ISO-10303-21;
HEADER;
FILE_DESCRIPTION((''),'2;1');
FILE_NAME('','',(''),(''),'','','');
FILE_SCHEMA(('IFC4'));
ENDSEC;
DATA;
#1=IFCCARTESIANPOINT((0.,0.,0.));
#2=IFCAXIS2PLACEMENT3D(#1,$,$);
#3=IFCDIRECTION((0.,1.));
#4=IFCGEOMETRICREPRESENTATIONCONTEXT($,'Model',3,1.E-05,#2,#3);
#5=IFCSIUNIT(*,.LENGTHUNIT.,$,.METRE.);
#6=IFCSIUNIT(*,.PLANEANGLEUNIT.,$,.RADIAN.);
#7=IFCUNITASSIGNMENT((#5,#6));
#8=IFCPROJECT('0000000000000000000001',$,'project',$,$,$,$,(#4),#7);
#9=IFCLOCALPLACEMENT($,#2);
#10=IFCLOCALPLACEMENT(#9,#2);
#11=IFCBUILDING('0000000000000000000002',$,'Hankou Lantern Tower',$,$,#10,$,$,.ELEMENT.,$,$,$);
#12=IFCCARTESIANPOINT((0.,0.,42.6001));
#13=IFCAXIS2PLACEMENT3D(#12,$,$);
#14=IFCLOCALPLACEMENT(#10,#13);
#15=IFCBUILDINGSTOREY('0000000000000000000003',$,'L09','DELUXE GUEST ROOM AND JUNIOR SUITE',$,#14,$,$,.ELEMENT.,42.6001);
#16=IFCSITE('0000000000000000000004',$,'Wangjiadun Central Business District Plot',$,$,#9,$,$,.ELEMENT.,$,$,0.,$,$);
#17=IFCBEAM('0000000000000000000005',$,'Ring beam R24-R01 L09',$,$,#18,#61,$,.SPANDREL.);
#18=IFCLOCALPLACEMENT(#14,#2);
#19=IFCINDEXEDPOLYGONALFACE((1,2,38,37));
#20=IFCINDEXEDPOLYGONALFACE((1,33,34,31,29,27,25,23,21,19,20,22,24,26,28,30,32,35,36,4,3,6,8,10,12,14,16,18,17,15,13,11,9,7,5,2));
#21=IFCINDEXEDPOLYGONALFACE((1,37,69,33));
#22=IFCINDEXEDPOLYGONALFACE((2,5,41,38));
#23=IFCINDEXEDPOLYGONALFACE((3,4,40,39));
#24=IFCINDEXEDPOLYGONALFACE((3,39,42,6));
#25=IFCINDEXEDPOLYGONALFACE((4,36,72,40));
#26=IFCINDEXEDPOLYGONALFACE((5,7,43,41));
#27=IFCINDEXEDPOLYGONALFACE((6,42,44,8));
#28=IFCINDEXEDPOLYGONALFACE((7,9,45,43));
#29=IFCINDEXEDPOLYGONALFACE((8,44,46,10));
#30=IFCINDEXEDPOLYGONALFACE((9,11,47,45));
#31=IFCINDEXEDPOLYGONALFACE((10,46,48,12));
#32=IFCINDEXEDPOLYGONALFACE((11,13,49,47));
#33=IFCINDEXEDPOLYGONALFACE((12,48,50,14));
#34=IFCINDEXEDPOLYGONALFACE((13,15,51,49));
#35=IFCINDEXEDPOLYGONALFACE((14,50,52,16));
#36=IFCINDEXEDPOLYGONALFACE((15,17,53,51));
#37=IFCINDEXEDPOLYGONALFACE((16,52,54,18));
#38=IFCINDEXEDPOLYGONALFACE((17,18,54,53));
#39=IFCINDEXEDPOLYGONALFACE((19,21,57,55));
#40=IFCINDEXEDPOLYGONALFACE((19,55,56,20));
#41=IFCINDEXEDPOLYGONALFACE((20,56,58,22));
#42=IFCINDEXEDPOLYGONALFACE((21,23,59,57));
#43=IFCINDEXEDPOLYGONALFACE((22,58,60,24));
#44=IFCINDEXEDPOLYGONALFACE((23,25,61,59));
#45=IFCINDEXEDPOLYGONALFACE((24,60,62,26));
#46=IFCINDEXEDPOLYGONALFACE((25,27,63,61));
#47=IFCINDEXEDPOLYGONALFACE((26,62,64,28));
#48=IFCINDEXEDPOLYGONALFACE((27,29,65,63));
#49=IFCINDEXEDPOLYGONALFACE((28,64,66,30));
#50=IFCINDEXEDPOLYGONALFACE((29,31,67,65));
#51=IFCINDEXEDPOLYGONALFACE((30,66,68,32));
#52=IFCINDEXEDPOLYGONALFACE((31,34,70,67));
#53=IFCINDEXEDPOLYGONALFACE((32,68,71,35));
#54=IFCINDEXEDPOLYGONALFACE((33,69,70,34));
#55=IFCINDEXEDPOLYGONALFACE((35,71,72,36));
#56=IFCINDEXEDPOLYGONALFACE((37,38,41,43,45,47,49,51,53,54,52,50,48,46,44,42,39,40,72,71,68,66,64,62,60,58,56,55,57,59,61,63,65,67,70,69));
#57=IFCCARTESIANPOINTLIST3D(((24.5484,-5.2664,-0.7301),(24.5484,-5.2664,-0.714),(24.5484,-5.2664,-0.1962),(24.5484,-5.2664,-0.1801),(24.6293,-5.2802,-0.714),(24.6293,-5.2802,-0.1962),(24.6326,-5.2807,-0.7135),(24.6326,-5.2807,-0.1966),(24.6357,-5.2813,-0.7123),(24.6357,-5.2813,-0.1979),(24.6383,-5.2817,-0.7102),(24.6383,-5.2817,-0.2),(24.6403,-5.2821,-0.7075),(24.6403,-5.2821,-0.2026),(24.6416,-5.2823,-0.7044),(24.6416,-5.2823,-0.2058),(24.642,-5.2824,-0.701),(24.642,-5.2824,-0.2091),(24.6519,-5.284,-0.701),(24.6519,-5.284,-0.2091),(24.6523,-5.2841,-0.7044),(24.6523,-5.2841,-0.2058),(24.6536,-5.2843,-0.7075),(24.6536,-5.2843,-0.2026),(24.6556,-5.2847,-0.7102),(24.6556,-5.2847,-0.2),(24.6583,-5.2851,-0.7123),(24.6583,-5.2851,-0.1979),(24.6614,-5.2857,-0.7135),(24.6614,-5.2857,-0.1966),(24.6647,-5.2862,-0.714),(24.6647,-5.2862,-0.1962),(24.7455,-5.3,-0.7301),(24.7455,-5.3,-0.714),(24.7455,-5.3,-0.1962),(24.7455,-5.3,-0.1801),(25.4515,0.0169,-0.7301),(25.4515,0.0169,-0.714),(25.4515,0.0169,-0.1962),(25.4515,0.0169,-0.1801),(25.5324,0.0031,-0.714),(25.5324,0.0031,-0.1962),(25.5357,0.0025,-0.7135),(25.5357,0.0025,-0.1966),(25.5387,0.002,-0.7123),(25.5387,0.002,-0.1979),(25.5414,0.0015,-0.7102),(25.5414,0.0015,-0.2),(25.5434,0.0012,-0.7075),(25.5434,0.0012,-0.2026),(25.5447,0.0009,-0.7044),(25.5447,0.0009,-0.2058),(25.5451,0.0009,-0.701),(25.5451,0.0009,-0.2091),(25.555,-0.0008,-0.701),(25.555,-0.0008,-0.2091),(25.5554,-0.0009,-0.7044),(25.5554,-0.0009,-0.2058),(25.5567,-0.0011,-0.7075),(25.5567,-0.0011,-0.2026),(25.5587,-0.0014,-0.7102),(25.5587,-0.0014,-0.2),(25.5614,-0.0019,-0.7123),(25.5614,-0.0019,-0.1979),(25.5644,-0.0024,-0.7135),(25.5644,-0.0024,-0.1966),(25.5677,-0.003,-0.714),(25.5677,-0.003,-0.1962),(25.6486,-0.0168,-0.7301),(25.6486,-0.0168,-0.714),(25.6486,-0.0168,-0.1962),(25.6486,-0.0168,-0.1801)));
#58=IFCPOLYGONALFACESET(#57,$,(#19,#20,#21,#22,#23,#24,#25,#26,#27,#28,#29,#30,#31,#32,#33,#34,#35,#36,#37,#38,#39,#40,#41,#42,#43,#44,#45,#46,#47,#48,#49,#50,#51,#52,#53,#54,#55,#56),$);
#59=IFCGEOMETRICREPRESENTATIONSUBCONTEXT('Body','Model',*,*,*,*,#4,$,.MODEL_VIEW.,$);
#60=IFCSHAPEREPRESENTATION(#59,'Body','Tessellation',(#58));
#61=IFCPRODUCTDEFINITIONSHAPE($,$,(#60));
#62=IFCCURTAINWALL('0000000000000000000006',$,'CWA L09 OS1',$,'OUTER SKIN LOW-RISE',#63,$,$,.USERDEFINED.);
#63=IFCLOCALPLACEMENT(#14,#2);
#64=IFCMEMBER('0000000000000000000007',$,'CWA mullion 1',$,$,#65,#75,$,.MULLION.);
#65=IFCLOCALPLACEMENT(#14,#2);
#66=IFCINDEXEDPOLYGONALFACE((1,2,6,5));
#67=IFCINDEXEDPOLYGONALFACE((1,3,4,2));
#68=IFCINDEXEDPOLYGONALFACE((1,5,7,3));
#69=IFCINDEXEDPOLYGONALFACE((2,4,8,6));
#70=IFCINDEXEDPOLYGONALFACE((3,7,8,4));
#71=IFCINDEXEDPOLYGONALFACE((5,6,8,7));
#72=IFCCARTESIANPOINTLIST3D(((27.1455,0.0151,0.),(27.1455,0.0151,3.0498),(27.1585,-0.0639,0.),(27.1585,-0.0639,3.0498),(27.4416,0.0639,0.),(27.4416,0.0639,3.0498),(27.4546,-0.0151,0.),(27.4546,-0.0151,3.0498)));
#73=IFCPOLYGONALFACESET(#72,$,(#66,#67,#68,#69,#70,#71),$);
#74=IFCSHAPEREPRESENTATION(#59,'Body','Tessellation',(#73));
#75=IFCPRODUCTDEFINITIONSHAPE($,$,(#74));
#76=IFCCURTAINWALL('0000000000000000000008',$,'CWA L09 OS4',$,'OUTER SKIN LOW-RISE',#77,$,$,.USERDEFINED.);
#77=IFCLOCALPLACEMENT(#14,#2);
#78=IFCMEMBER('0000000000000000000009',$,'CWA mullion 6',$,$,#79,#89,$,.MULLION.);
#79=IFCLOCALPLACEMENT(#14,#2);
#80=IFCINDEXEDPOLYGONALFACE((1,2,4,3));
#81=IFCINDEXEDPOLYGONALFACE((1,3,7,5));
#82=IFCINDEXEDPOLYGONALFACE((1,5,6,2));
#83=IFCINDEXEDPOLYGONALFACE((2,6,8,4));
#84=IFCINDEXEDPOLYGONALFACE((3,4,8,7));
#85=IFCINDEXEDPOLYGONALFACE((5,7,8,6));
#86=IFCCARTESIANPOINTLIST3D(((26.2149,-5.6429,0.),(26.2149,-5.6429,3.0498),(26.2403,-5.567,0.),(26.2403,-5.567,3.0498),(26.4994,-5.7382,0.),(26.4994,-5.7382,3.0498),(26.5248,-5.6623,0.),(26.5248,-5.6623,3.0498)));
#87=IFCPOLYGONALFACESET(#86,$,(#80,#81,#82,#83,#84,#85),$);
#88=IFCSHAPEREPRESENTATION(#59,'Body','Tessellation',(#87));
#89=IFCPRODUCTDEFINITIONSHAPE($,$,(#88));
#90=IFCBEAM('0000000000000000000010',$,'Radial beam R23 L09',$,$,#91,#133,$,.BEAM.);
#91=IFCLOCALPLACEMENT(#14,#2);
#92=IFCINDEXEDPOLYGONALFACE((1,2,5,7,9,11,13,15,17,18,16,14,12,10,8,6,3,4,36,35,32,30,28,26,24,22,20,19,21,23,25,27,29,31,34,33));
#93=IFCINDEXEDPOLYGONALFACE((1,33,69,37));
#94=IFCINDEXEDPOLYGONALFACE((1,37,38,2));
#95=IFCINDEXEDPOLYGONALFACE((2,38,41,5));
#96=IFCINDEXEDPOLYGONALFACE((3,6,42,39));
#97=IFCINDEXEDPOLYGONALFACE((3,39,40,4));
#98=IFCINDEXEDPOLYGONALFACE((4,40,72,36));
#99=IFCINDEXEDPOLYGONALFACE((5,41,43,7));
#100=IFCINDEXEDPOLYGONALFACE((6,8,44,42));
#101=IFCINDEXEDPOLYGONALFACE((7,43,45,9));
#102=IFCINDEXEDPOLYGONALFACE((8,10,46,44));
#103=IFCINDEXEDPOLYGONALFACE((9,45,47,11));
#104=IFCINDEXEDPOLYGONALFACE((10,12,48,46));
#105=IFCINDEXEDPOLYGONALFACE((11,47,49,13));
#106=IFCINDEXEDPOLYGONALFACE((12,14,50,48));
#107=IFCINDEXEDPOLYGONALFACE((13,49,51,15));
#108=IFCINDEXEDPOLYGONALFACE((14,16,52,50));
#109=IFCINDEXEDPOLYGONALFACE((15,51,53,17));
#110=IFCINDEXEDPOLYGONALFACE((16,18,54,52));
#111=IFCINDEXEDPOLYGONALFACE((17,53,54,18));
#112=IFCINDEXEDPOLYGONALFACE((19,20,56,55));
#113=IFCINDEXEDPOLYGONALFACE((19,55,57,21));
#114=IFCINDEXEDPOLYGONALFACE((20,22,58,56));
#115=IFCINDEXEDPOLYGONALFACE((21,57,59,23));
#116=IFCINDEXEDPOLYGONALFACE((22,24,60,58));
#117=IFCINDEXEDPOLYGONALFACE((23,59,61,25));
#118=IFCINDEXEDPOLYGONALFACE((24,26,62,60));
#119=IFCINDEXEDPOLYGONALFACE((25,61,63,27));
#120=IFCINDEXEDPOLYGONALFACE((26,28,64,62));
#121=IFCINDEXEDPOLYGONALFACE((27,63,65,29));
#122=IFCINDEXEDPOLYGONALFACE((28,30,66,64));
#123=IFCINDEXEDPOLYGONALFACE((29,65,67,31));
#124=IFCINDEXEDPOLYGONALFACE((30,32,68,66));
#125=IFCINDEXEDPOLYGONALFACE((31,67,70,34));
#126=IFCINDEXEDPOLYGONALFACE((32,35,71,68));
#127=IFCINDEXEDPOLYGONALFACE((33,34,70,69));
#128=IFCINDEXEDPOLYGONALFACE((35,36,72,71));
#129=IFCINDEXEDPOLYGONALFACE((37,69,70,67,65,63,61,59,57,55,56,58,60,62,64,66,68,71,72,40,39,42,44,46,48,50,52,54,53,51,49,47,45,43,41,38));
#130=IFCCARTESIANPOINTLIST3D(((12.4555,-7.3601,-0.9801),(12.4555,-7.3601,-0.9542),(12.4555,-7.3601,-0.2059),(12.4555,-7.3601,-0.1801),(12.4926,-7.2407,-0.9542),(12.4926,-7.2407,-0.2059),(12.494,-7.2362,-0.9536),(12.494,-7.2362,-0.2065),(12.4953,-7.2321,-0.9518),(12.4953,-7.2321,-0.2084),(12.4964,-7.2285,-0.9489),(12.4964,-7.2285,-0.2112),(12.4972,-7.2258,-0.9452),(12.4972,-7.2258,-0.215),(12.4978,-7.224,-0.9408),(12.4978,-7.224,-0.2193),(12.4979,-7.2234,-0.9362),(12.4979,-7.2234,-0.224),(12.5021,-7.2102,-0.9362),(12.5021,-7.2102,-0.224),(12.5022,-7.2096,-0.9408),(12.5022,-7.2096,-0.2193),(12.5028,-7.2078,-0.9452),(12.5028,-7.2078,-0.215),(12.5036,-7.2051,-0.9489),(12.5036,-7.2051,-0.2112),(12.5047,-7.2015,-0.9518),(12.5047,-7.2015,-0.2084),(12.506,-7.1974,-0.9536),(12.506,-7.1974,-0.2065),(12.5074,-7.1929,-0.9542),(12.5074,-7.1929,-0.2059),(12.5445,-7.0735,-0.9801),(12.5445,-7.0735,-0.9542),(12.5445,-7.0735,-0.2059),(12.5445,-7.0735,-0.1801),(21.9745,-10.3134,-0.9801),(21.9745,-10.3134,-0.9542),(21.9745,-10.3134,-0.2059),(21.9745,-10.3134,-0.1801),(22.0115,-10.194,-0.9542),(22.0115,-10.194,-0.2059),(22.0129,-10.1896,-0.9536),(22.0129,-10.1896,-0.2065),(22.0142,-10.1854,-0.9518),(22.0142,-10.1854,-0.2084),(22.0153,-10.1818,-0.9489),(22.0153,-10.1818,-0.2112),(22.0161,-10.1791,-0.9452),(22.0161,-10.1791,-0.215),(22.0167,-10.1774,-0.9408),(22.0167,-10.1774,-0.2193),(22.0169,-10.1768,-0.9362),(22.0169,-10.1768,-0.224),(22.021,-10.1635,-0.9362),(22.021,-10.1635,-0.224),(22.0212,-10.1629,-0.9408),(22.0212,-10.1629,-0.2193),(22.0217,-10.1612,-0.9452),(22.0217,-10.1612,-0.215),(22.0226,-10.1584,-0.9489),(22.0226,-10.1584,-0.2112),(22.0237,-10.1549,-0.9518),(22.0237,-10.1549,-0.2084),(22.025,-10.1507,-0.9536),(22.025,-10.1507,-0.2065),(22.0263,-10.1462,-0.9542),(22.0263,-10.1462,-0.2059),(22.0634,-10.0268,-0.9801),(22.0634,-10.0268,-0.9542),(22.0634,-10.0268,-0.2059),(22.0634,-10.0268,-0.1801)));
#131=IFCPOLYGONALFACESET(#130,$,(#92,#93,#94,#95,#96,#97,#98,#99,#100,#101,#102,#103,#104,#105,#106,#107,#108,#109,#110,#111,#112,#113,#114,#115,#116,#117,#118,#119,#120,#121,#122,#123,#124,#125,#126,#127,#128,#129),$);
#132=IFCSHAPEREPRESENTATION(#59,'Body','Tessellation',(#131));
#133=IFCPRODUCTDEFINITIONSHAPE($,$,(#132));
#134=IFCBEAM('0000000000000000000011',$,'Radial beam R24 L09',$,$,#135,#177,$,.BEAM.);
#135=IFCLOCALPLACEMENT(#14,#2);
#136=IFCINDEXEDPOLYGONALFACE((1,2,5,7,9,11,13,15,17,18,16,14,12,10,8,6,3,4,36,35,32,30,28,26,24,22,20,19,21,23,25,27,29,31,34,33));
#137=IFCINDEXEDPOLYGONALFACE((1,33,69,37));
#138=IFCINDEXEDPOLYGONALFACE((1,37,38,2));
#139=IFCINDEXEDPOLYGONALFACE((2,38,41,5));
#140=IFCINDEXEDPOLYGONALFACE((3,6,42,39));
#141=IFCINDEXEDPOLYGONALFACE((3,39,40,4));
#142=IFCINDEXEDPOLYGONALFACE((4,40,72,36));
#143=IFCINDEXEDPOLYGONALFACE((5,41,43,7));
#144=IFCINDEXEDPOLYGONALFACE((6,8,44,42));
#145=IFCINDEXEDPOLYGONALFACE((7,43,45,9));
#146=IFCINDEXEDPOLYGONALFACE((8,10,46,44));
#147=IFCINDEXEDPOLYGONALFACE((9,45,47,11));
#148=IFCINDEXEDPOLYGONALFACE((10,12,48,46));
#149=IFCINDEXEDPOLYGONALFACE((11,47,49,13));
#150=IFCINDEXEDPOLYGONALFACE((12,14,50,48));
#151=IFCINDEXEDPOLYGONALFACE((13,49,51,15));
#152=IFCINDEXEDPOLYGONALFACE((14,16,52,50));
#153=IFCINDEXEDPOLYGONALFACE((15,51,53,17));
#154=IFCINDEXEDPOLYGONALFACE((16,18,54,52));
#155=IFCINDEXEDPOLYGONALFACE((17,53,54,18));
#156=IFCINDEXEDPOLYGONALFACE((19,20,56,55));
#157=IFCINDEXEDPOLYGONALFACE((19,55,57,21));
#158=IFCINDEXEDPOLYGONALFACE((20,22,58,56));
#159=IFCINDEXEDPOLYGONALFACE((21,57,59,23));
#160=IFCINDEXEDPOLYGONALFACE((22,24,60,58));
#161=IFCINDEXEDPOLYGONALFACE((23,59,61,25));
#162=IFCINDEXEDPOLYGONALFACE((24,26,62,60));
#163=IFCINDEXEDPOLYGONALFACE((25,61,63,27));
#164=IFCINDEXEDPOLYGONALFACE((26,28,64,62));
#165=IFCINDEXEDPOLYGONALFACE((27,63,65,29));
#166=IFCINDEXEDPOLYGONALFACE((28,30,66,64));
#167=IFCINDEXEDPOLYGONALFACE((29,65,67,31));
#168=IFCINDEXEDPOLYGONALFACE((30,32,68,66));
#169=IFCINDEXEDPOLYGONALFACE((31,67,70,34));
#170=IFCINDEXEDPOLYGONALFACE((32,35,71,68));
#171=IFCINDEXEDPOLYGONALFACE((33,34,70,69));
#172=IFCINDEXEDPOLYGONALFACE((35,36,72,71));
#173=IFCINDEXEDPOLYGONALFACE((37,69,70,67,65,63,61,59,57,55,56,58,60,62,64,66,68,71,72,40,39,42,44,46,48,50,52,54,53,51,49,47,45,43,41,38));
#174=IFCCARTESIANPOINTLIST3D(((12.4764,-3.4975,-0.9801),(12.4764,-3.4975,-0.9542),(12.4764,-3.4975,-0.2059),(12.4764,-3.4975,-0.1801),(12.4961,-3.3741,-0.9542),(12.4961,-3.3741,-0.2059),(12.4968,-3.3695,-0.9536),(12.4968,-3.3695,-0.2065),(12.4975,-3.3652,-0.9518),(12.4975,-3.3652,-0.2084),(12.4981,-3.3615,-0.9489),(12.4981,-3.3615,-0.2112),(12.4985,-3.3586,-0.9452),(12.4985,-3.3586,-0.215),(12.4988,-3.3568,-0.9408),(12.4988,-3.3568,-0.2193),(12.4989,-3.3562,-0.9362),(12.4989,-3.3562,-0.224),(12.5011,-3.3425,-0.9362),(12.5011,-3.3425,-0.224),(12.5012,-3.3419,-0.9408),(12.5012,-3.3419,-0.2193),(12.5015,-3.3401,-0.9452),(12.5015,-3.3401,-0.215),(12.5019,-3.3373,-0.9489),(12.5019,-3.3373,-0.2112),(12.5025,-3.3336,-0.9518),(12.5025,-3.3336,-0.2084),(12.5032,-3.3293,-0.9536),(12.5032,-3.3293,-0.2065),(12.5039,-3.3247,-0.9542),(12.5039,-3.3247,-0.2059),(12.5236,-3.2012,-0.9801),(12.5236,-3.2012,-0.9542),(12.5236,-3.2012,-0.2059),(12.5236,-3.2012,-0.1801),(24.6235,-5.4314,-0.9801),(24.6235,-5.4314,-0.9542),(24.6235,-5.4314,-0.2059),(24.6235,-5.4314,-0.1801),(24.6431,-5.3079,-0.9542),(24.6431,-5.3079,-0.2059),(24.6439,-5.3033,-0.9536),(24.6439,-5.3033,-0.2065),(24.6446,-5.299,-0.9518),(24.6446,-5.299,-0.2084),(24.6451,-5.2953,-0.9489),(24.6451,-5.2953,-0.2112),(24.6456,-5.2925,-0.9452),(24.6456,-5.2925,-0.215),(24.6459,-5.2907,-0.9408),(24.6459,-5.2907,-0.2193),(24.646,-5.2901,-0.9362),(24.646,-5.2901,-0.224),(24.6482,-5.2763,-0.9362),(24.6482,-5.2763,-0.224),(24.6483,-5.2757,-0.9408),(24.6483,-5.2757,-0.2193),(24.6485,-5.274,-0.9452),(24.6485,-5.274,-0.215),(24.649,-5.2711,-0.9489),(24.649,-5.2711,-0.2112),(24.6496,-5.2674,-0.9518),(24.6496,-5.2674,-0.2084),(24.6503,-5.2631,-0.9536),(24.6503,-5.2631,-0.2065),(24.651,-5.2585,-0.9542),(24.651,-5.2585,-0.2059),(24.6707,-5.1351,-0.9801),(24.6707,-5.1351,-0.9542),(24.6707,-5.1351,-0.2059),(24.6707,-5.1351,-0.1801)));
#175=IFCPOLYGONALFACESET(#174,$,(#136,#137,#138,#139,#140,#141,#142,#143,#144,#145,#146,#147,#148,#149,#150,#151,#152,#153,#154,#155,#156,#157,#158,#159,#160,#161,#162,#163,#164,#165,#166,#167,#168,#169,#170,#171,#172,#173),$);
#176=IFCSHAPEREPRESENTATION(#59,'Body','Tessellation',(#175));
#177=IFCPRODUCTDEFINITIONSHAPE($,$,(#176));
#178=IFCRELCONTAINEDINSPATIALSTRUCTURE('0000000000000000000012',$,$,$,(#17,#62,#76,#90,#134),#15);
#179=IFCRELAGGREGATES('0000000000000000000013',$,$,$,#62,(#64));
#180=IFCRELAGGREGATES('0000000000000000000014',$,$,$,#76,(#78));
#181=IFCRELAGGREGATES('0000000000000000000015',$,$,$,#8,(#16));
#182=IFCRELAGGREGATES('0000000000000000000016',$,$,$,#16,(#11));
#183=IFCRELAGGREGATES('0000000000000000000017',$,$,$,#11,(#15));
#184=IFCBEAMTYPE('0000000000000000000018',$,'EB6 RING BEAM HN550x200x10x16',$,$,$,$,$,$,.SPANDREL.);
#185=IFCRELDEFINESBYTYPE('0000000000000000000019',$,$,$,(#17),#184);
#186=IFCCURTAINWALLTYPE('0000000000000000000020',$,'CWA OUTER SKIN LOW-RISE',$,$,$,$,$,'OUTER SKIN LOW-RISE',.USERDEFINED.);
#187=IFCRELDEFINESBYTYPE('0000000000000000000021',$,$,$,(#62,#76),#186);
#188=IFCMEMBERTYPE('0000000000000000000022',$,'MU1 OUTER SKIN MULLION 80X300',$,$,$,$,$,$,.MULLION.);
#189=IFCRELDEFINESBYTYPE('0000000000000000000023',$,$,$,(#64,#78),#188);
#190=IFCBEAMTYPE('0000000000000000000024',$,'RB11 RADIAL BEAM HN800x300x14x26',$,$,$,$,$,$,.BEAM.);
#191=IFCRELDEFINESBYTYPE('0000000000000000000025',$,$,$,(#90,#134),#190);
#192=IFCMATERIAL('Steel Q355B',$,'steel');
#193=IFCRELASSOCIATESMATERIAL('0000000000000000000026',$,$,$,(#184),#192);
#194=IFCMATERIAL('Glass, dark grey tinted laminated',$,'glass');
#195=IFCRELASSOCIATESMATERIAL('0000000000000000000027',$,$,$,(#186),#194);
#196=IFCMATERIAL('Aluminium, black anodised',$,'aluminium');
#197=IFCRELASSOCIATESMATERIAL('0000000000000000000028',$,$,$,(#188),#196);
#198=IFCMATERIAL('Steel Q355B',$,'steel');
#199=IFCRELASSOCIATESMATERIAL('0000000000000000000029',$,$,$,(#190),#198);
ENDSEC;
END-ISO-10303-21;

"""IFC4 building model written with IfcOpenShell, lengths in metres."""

from ifc_helpers import new_model, si_unit, direction, frame, origin, origin_2d, place, context, subcontext, project, spatial, rectangle, i_section, extrude, material, material_profile, profile_set, type_object, element, aggregate, save


model = new_model("IFC4")

# Units and contexts
model_context = context("Model", 3, precision=1e-05, world=origin(), true_north=direction((0.0, 1.0)))
body_context = subcontext(model_context, "Body", "Model", "MODEL_VIEW")
ifc_project = project(units=[si_unit("LENGTHUNIT", "METRE"), si_unit("PLANEANGLEUNIT", "RADIAN")], contexts=[model_context])

# Site, building, storey
site_placement = place(None, origin())
site = spatial("IfcSite", under=ifc_project, at=site_placement, Name="Wangjiadun Central Business District Plot", CompositionType="ELEMENT", RefElevation=0.0)
building_placement = place(site_placement, origin())
building = spatial("IfcBuilding", under=site, at=building_placement, Name="Hankou Lantern Tower", CompositionType="ELEMENT")
storey_placement = place(building_placement, frame((0.0, 0.0, 42.6001)))
storey = spatial("IfcBuildingStorey", under=building, at=storey_placement, Name="L09", Description="DELUXE GUEST ROOM AND JUNIOR SUITE", CompositionType="ELEMENT", Elevation=42.6001)

# Beam
ifc_material_1 = material(Name="Steel Q355B", Category="steel")
ifc_material_profile_1 = material_profile(ifc_material_1, i_section(OverallWidth=0.2, OverallDepth=0.55, WebThickness=0.01, FlangeThickness=0.0161, FilletRadius=0.0129, at=origin_2d()), Name="HN550x200x10x16")
ifc_profile_set_1 = profile_set([ifc_material_profile_1], Name="Steel Q355B")
beam_type_1 = type_object("IfcBeamType", Name="EB6 RING BEAM HN550x200x10x16", PredefinedType="SPANDREL", material=ifc_profile_set_1)
for number, where, z_axis, x_axis, name in (
    (1, (24.647, -5.2832, -0.4551), (0.16849, 0.985703, 0.0), (-0.985703, 0.16849, 0.0), "Ring beam R24-R01 L09"),
):
    element("IfcBeam", number, at=place(storey_placement, frame(where, z_axis=z_axis, x_axis=x_axis)), inside=storey, type_object=beam_type_1, Name=name, PredefinedType="SPANDREL", context=body_context, shape_type="SweptSolid", body=[
        extrude(i_section(OverallWidth=0.2, OverallDepth=0.55, WebThickness=0.01, FlangeThickness=0.0161, FilletRadius=0.0129, at=origin_2d()), origin(), (0.0, 0.0, 1.0), 5.3599),
    ])

# Curtain walls, members
ifc_material_2 = material(Name="Glass, dark grey tinted laminated", Category="glass")
curtain_wall_type = type_object("IfcCurtainWallType", Name="CWA OUTER SKIN LOW-RISE", ElementType="OUTER SKIN LOW-RISE", PredefinedType="USERDEFINED", material=ifc_material_2)
curtain_wall_1_placement = place(storey_placement, origin())
curtain_wall_1 = element("IfcCurtainWall", 2, at=curtain_wall_1_placement, inside=storey, type_object=curtain_wall_type, Name="CWA L09 OS1", ObjectType="OUTER SKIN LOW-RISE", PredefinedType="USERDEFINED")
ifc_material_3 = material(Name="Aluminium, black anodised", Category="aluminium")
ifc_material_profile_2 = material_profile(ifc_material_3, rectangle(XDim=0.0801, YDim=0.3, at=origin_2d()), Name="MU1 80X300")
ifc_profile_set_2 = profile_set([ifc_material_profile_2], Name="Aluminium, black anodised")
member_type_1 = type_object("IfcMemberType", Name="MU1 OUTER SKIN MULLION 80X300", PredefinedType="MULLION", material=ifc_profile_set_2)
member_1_placement = place(storey_placement, frame((27.3, 0.0, 0.0), z_axis=(0.0, 0.0, 1.0), x_axis=(-0.162382, 0.986728, 0.0)))
member_1 = element("IfcMember", 3, at=member_1_placement, type_object=member_type_1, Name="CWA mullion 1", PredefinedType="MULLION", context=body_context, shape_type="SweptSolid", body=[
    extrude(rectangle(XDim=0.0801, YDim=0.3, at=origin_2d()), origin(), (0.0, 0.0, 1.0), 3.0498),
])
curtain_wall_2_placement = place(storey_placement, origin())
curtain_wall_2 = element("IfcCurtainWall", 4, at=curtain_wall_2_placement, inside=storey, type_object=curtain_wall_type, Name="CWA L09 OS4", ObjectType="OUTER SKIN LOW-RISE", PredefinedType="USERDEFINED")
member_2_placement = place(storey_placement, frame((26.3699, -5.6526, 0.0), z_axis=(0.0, 0.0, 1.0), x_axis=(0.317596, 0.948226, 0.0)))
member_2 = element("IfcMember", 5, at=member_2_placement, type_object=member_type_1, Name="CWA mullion 6", PredefinedType="MULLION", context=body_context, shape_type="SweptSolid", body=[
    extrude(rectangle(XDim=0.0801, YDim=0.3, at=origin_2d()), origin(), (0.0, 0.0, 1.0), 3.0498),
])

# Beams
ifc_material_4 = material(Name="Steel Q355B", Category="steel")
ifc_material_profile_3 = material_profile(ifc_material_4, i_section(OverallWidth=0.3, OverallDepth=0.8, WebThickness=0.0139, FlangeThickness=0.0259, FilletRadius=0.0181, at=origin_2d()), Name="HN800x300x14x26")
ifc_profile_set_3 = profile_set([ifc_material_profile_3], Name="Steel Q355B")
beam_type_2 = type_object("IfcBeamType", Name="RB11 RADIAL BEAM HN800x300x14x26", PredefinedType="BEAM", material=ifc_profile_set_3)
beam_1_placement = place(storey_placement, frame((12.5, -7.2168, -0.5801), z_axis=(0.955087, -0.296324, 0.0), x_axis=(0.296324, 0.955087, 0.0)))
element("IfcBeam", 6, at=beam_1_placement, inside=storey, type_object=beam_type_2, Name="Radial beam R23 L09", PredefinedType="BEAM", context=body_context, shape_type="SweptSolid", body=[
    extrude(i_section(OverallWidth=0.3, OverallDepth=0.8, WebThickness=0.0139, FlangeThickness=0.0259, FilletRadius=0.0181, at=origin_2d()), origin(), (0.0, 0.0, 1.0), 9.9666),
])
beam_2_placement = place(storey_placement, frame((12.5, -3.3494, -0.5801), z_axis=(0.987563, -0.157223, 0.0), x_axis=(0.157223, 0.987563, 0.0)))
element("IfcBeam", 7, at=beam_2_placement, inside=storey, type_object=beam_type_2, Name="Radial beam R24 L09", PredefinedType="BEAM", context=body_context, shape_type="SweptSolid", body=[
    extrude(i_section(OverallWidth=0.3, OverallDepth=0.8, WebThickness=0.0139, FlangeThickness=0.0259, FilletRadius=0.0181, at=origin_2d()), origin(), (0.0, 0.0, 1.0), 12.3),
])

aggregate(curtain_wall_1, [member_1])

aggregate(curtain_wall_2, [member_2])

save(model, "model.ifc")
